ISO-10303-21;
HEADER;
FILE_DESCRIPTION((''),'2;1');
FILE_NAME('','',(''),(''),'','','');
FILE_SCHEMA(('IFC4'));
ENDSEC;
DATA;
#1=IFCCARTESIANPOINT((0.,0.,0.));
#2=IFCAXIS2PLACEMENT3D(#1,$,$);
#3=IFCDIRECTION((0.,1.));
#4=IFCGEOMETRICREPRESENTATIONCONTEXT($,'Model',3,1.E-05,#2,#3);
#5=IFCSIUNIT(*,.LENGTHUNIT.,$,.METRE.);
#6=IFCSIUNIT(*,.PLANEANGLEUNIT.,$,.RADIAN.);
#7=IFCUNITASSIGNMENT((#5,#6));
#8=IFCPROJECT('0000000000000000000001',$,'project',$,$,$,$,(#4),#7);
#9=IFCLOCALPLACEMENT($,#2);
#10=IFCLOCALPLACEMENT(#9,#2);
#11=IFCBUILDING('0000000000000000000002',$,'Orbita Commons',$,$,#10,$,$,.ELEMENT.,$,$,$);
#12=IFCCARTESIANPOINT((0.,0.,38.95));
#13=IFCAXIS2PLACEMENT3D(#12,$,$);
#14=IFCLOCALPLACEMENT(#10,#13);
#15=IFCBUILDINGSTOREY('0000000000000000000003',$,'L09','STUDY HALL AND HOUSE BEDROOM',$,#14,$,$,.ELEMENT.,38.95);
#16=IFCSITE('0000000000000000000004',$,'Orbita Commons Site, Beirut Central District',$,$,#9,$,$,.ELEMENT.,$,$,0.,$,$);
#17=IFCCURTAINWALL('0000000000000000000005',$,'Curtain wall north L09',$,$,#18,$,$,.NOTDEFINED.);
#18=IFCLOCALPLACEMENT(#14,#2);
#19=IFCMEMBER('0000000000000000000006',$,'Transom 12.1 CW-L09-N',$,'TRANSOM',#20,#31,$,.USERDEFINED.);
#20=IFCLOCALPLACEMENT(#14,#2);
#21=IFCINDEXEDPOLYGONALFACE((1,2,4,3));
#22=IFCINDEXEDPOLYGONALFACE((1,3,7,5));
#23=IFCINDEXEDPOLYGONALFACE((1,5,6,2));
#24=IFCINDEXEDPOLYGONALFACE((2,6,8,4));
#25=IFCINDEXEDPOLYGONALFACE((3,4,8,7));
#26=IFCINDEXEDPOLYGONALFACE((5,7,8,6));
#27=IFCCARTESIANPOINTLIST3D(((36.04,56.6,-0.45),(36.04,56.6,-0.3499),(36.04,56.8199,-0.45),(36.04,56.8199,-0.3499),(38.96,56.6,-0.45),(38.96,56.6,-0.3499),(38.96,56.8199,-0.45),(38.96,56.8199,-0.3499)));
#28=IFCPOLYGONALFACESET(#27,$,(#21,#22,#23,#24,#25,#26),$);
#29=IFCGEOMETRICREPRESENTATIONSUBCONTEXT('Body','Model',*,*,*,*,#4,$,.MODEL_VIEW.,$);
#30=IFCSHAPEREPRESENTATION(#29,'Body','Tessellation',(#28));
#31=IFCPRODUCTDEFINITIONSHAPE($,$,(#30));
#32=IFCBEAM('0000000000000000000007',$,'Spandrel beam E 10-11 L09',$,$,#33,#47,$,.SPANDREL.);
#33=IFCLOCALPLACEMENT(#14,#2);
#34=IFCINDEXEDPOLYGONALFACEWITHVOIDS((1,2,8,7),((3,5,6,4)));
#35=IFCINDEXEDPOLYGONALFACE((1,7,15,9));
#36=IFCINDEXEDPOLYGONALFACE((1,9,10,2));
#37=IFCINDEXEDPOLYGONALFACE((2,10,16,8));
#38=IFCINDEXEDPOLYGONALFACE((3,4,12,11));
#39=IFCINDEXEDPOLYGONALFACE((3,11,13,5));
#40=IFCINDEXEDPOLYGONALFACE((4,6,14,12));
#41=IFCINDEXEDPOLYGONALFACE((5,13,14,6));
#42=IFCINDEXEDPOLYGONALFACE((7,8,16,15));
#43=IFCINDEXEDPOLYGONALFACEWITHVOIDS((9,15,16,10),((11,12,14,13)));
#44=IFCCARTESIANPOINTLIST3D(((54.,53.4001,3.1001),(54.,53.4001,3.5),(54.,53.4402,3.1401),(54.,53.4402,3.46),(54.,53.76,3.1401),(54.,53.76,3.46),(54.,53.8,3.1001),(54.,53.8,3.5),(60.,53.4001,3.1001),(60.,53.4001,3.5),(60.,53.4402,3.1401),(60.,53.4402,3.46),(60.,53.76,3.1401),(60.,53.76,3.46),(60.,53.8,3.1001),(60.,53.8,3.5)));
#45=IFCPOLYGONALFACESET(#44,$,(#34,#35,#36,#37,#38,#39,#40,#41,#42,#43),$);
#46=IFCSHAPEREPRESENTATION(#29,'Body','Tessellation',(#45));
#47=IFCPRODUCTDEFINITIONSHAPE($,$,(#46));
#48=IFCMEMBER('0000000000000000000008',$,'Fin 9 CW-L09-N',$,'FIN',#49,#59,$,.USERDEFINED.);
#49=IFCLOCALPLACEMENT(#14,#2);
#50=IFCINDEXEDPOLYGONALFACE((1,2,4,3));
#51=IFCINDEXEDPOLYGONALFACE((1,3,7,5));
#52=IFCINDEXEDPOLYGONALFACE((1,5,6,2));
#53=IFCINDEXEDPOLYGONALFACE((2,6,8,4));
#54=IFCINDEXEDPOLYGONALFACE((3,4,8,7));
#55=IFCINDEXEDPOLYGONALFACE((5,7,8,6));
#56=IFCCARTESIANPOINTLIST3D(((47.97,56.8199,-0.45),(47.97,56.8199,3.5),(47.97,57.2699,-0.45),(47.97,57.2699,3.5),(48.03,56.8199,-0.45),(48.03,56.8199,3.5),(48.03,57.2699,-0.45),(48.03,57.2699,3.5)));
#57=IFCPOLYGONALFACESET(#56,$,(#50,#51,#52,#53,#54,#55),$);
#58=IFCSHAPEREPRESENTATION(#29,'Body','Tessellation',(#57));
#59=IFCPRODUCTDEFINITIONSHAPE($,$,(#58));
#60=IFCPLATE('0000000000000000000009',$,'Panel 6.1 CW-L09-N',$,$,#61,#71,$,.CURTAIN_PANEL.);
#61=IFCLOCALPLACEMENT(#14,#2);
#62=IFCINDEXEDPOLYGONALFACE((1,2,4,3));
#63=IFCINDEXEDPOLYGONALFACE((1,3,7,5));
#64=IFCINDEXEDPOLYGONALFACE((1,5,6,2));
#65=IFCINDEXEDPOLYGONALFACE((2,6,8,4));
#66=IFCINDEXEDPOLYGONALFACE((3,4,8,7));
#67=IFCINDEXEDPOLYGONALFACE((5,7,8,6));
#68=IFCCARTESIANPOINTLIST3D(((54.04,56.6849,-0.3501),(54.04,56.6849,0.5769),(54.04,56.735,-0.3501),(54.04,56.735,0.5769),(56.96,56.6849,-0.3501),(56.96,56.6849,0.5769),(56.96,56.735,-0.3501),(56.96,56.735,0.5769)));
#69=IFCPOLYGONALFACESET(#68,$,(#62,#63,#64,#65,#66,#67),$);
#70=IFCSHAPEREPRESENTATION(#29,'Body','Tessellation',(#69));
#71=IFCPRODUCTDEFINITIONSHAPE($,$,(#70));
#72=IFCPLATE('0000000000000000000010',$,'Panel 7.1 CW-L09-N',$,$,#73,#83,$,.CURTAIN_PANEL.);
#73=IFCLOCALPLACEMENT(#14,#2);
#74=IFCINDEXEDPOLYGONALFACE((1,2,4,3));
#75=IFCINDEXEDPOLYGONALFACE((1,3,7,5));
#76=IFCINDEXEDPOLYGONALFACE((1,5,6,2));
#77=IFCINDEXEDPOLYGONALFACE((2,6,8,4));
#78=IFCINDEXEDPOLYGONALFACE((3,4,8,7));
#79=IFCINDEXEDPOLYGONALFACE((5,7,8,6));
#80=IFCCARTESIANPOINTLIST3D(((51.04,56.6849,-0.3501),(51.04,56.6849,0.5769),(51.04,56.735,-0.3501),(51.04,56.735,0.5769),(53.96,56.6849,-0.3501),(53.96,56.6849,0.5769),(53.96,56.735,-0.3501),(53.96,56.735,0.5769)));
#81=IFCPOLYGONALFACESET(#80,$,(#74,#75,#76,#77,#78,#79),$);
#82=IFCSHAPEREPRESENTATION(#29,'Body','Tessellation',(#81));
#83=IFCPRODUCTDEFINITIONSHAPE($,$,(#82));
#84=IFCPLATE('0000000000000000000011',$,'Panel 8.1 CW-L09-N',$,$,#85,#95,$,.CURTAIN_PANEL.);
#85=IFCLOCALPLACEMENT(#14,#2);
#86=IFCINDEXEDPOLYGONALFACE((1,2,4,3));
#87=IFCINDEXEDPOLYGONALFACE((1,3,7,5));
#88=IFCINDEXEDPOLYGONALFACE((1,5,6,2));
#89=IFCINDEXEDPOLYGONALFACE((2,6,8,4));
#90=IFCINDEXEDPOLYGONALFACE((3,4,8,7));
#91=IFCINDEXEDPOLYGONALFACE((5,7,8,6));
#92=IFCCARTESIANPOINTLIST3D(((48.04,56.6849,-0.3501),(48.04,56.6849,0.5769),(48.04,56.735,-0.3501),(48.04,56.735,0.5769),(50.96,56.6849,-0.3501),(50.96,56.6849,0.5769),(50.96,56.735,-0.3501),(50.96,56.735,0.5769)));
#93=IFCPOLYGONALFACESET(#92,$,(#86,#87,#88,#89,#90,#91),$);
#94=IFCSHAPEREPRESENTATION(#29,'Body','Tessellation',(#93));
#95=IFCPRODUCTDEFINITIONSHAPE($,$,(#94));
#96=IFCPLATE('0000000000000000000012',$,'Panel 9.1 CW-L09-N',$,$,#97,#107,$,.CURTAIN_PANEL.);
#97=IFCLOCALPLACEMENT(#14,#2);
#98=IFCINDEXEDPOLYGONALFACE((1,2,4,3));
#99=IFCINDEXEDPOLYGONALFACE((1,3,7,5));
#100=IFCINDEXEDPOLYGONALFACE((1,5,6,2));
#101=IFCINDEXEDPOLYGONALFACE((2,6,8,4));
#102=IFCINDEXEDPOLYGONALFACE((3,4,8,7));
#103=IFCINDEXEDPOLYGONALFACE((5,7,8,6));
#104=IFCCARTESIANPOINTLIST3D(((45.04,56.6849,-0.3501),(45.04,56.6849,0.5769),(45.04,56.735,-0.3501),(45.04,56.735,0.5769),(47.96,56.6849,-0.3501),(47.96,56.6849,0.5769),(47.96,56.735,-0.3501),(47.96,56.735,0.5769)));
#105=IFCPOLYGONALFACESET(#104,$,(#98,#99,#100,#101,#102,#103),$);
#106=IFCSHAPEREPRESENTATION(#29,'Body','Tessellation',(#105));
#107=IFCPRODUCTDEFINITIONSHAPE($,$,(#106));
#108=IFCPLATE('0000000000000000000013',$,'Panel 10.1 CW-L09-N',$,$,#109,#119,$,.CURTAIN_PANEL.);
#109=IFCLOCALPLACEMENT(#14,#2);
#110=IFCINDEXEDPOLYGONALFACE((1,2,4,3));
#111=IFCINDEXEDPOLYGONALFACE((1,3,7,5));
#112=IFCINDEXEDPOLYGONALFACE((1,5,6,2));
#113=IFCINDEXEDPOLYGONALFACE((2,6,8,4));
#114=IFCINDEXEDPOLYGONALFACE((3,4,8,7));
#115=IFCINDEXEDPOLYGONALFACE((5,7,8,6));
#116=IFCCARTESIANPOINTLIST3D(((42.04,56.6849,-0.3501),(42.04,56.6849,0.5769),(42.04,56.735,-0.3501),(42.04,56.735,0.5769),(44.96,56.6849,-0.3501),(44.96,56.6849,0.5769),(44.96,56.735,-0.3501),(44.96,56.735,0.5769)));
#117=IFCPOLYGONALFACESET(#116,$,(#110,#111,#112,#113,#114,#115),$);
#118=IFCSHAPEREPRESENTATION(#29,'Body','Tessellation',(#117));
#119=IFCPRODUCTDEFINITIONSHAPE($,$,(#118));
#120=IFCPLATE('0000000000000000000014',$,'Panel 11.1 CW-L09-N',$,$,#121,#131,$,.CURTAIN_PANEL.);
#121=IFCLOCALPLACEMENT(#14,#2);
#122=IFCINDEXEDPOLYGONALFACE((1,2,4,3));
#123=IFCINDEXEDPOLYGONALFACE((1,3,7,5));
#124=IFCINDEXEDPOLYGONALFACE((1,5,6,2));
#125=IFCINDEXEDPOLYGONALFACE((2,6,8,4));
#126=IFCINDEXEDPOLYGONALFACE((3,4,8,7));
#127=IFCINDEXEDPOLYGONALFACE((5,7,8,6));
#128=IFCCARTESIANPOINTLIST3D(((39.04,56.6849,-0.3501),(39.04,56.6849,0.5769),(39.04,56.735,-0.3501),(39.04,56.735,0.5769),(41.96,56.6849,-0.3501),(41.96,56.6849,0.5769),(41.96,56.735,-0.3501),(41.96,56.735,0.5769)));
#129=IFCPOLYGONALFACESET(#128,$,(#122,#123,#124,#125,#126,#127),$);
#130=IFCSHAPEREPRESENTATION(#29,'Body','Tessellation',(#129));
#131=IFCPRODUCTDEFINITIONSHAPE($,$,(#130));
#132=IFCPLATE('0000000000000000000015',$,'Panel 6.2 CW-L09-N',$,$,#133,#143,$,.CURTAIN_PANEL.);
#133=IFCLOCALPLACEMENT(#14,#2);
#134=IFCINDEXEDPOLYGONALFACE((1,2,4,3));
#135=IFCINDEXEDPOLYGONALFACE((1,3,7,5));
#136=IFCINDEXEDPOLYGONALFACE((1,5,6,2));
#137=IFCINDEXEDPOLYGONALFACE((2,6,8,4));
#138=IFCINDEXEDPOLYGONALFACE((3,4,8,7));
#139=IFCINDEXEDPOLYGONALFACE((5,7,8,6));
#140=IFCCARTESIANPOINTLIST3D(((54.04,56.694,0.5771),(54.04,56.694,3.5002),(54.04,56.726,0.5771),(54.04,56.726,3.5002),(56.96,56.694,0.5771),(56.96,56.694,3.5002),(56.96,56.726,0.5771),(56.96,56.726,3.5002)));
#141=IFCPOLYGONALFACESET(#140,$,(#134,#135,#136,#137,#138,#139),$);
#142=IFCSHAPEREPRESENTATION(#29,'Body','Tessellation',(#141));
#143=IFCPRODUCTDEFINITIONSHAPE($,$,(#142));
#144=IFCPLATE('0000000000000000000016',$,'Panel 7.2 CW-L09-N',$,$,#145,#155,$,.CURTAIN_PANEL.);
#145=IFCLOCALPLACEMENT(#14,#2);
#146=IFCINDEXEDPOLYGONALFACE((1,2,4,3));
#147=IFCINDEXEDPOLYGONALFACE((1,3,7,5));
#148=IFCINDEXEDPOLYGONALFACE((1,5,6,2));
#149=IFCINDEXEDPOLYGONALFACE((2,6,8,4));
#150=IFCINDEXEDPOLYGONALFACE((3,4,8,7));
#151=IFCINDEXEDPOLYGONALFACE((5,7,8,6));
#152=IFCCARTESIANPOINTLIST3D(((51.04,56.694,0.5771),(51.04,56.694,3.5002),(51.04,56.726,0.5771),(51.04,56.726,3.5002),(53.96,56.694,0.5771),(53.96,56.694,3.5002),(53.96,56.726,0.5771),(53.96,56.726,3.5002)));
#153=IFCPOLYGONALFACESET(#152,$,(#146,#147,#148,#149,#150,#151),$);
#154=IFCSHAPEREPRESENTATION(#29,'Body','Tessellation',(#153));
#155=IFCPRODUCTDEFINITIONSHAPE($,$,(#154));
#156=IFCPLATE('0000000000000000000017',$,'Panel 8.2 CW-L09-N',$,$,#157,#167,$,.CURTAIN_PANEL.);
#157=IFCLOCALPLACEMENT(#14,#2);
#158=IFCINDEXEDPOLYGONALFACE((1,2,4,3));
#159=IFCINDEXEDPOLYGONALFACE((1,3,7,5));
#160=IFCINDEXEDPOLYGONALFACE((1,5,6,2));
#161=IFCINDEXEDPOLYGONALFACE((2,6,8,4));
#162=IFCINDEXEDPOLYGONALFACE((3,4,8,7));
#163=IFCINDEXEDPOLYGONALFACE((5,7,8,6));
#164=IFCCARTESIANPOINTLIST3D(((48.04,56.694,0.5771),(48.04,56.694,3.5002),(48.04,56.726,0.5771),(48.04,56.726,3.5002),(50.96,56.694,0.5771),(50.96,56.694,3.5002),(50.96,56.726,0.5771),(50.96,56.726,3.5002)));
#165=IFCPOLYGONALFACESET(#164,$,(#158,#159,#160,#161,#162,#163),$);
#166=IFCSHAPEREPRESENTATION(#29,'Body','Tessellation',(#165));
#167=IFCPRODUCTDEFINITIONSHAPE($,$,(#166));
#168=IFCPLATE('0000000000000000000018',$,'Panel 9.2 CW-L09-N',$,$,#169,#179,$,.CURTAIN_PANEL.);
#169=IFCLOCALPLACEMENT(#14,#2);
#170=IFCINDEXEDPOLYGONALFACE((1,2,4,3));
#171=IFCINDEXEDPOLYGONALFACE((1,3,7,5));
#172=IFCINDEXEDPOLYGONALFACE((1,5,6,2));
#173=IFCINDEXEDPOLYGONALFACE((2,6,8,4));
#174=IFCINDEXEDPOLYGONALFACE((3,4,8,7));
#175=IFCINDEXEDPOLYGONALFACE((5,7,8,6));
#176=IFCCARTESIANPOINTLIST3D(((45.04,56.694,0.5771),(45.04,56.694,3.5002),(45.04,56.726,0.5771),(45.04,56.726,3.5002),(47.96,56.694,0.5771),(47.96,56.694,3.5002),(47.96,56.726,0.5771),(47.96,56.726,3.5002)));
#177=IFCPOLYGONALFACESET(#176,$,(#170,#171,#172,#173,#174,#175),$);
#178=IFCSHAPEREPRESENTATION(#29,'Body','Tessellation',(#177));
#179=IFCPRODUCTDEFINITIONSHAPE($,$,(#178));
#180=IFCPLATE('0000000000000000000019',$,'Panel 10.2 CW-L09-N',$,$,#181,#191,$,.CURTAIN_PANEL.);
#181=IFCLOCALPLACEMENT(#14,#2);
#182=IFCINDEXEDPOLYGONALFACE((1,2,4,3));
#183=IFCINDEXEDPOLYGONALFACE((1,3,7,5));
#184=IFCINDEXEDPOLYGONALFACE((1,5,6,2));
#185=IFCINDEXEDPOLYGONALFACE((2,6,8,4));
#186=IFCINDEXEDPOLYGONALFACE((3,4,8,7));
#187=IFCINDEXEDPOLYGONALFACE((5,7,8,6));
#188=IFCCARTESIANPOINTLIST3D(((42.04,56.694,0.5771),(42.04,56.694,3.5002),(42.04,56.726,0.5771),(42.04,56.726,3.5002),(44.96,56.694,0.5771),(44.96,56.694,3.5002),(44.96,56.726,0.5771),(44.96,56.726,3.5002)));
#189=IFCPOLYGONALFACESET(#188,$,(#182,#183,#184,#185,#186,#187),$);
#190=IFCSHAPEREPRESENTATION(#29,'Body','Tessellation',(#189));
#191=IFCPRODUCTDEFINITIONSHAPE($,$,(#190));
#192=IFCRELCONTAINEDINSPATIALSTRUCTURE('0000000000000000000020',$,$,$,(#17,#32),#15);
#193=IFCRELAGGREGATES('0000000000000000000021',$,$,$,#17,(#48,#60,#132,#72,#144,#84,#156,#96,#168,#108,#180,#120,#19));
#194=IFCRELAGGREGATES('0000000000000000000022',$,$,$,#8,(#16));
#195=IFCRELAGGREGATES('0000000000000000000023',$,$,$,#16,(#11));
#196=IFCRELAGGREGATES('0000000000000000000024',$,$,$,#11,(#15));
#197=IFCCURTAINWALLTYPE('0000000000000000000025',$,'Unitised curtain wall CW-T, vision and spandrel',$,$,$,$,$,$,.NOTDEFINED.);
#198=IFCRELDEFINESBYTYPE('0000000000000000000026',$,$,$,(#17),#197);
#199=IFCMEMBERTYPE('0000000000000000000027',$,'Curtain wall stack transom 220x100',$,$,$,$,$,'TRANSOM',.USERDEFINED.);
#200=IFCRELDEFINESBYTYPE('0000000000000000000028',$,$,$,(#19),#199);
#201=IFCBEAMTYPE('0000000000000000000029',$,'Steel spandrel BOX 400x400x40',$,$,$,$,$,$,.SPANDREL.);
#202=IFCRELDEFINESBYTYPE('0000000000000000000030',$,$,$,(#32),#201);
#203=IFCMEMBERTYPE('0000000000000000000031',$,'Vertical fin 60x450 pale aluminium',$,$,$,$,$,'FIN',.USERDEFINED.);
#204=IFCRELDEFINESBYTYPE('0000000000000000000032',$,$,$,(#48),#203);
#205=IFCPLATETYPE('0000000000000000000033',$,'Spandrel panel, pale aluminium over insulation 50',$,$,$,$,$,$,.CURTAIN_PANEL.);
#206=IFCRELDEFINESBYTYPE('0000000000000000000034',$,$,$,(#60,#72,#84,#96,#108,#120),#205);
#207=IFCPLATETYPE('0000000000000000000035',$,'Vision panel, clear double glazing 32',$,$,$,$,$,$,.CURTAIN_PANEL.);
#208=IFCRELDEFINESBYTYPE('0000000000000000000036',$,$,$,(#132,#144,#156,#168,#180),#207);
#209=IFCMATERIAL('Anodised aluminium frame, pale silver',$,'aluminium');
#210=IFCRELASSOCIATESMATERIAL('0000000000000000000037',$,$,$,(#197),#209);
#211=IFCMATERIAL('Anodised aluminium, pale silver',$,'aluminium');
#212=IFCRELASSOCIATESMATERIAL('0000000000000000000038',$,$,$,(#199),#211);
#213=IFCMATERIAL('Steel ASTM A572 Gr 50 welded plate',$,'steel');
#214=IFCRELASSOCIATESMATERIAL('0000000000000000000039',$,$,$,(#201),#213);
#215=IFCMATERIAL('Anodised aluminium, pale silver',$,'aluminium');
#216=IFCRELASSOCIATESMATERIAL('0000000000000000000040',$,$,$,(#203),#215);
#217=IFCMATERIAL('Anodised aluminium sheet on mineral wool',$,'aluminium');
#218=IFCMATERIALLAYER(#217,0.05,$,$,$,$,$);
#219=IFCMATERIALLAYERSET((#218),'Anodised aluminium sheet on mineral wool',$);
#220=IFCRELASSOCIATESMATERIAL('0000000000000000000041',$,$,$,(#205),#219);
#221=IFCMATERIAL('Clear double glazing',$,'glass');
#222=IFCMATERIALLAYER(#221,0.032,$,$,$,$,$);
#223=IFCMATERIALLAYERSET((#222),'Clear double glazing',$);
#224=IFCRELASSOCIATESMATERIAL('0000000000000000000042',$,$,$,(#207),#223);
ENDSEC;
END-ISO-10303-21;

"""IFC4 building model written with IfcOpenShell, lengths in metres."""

from ifc_helpers import new_model, si_unit, direction, frame, origin, origin_2d, place, context, subcontext, project, spatial, rectangle, hollow_rectangle, extrude, material, layer, layer_set, material_profile, profile_set, type_object, element, aggregate, save


model = new_model("IFC4")

# Units and contexts
model_context = context("Model", 3, precision=1e-05, world=origin(), true_north=direction((0.0, 1.0)))
body_context = subcontext(model_context, "Body", "Model", "MODEL_VIEW")
ifc_project = project(units=[si_unit("LENGTHUNIT", "METRE"), si_unit("PLANEANGLEUNIT", "RADIAN")], contexts=[model_context])

# Site, building, storey
site_placement = place(None, origin())
site = spatial("IfcSite", under=ifc_project, at=site_placement, Name="Orbita Commons Site, Beirut Central District", CompositionType="ELEMENT", RefElevation=0.0)
building_placement = place(site_placement, origin())
building = spatial("IfcBuilding", under=site, at=building_placement, Name="Orbita Commons", CompositionType="ELEMENT")
storey_placement = place(building_placement, frame((0.0, 0.0, 38.95)))
storey = spatial("IfcBuildingStorey", under=building, at=storey_placement, Name="L09", Description="STUDY HALL AND HOUSE BEDROOM", CompositionType="ELEMENT", Elevation=38.95)

# Curtain wall, member
ifc_material_1 = material(Name="Anodised aluminium frame, pale silver", Category="aluminium")
curtain_wall_type = type_object("IfcCurtainWallType", Name="Unitised curtain wall CW-T, vision and spandrel", PredefinedType="NOTDEFINED", material=ifc_material_1)
curtain_wall_placement = place(storey_placement, origin())
curtain_wall = element("IfcCurtainWall", 1, at=curtain_wall_placement, inside=storey, type_object=curtain_wall_type, Name="Curtain wall north L09", PredefinedType="NOTDEFINED")
ifc_material_2 = material(Name="Anodised aluminium, pale silver", Category="aluminium")
ifc_material_profile_1 = material_profile(ifc_material_2, rectangle(XDim=0.22, YDim=0.1001, at=origin_2d()), Name="AL 220x100")
ifc_profile_set_1 = profile_set([ifc_material_profile_1], Name="Anodised aluminium, pale silver")
member_type_1 = type_object("IfcMemberType", Name="Curtain wall stack transom 220x100", ElementType="TRANSOM", PredefinedType="USERDEFINED", material=ifc_profile_set_1)
member_1_placement = place(storey_placement, frame((38.96, 56.71, -0.3999), z_axis=(-1.0, 0.0, 0.0), x_axis=(0.0, -1.0, 0.0)))
member_1 = element("IfcMember", 2, at=member_1_placement, type_object=member_type_1, Name="Transom 12.1 CW-L09-N", ObjectType="TRANSOM", PredefinedType="USERDEFINED", context=body_context, shape_type="SweptSolid", body=[
    extrude(rectangle(XDim=0.22, YDim=0.1001, at=origin_2d()), origin(), (0.0, 0.0, 1.0), 2.9199),
])

# Beam
ifc_material_3 = material(Name="Steel ASTM A572 Gr 50 welded plate", Category="steel")
ifc_material_profile_2 = material_profile(ifc_material_3, hollow_rectangle(XDim=0.3999, YDim=0.3999, WallThickness=0.04, at=origin_2d()), Name="BOX 400x400x40")
ifc_profile_set_2 = profile_set([ifc_material_profile_2], Name="Steel ASTM A572 Gr 50 welded plate")
beam_type = type_object("IfcBeamType", Name="Steel spandrel BOX 400x400x40", PredefinedType="SPANDREL", material=ifc_profile_set_2)
beam_placement = place(storey_placement, frame((54.0, 53.6001, 3.3), z_axis=(1.0, 0.0, 0.0), x_axis=(0.0, 1.0, 0.0)))
element("IfcBeam", 3, at=beam_placement, inside=storey, type_object=beam_type, Name="Spandrel beam E 10-11 L09", PredefinedType="SPANDREL", context=body_context, shape_type="SweptSolid", body=[
    extrude(hollow_rectangle(XDim=0.3999, YDim=0.3999, WallThickness=0.04, at=origin_2d()), origin(), (0.0, 0.0, 1.0), 6.0),
])

# Member
ifc_material_4 = material(Name="Anodised aluminium, pale silver", Category="aluminium")
ifc_material_profile_3 = material_profile(ifc_material_4, rectangle(XDim=0.0601, YDim=0.45, at=origin_2d()), Name="FIN 60x450")
ifc_profile_set_3 = profile_set([ifc_material_profile_3], Name="Anodised aluminium, pale silver")
member_type_2 = type_object("IfcMemberType", Name="Vertical fin 60x450 pale aluminium", ElementType="FIN", PredefinedType="USERDEFINED", material=ifc_profile_set_3)
member_2_placement = place(storey_placement, frame((48.0, 57.0449, -0.45), z_axis=(0.0, 0.0, 1.0), x_axis=(-1.0, 0.0, 0.0)))
member_2 = element("IfcMember", 4, at=member_2_placement, type_object=member_type_2, Name="Fin 9 CW-L09-N", ObjectType="FIN", PredefinedType="USERDEFINED", context=body_context, shape_type="SweptSolid", body=[
    extrude(rectangle(XDim=0.0601, YDim=0.45, at=origin_2d()), origin(), (0.0, 0.0, 1.0), 3.95),
])

# Plates
ifc_material_5 = material(Name="Anodised aluminium sheet on mineral wool", Category="aluminium")
ifc_layer_1 = layer(ifc_material_5, 0.05)
ifc_layer_set_1 = layer_set([ifc_layer_1], Name="Anodised aluminium sheet on mineral wool")
plate_type_1 = type_object("IfcPlateType", Name="Spandrel panel, pale aluminium over insulation 50", PredefinedType="CURTAIN_PANEL", material=ifc_layer_set_1)
plate_1_placement = place(storey_placement, frame((55.5, 56.71, -0.3501), z_axis=(0.0, 0.0, 1.0), x_axis=(-1.0, 0.0, 0.0)))
plate_1 = element("IfcPlate", 5, at=plate_1_placement, type_object=plate_type_1, Name="Panel 6.1 CW-L09-N", PredefinedType="CURTAIN_PANEL", context=body_context, shape_type="SweptSolid", body=[
    extrude(rectangle(XDim=2.9199, YDim=0.05, at=origin_2d()), origin(), (0.0, 0.0, 1.0), 0.927),
])
plate_2_placement = place(storey_placement, frame((52.5, 56.71, -0.3501), z_axis=(0.0, 0.0, 1.0), x_axis=(-1.0, 0.0, 0.0)))
plate_2 = element("IfcPlate", 6, at=plate_2_placement, type_object=plate_type_1, Name="Panel 7.1 CW-L09-N", PredefinedType="CURTAIN_PANEL", context=body_context, shape_type="SweptSolid", body=[
    extrude(rectangle(XDim=2.9199, YDim=0.05, at=origin_2d()), origin(), (0.0, 0.0, 1.0), 0.927),
])
plate_3_placement = place(storey_placement, frame((49.5, 56.71, -0.3501), z_axis=(0.0, 0.0, 1.0), x_axis=(-1.0, 0.0, 0.0)))
plate_3 = element("IfcPlate", 7, at=plate_3_placement, type_object=plate_type_1, Name="Panel 8.1 CW-L09-N", PredefinedType="CURTAIN_PANEL", context=body_context, shape_type="SweptSolid", body=[
    extrude(rectangle(XDim=2.9199, YDim=0.05, at=origin_2d()), origin(), (0.0, 0.0, 1.0), 0.927),
])
plate_4_placement = place(storey_placement, frame((46.5, 56.71, -0.3501), z_axis=(0.0, 0.0, 1.0), x_axis=(-1.0, 0.0, 0.0)))
plate_4 = element("IfcPlate", 8, at=plate_4_placement, type_object=plate_type_1, Name="Panel 9.1 CW-L09-N", PredefinedType="CURTAIN_PANEL", context=body_context, shape_type="SweptSolid", body=[
    extrude(rectangle(XDim=2.9199, YDim=0.05, at=origin_2d()), origin(), (0.0, 0.0, 1.0), 0.927),
])
plate_5_placement = place(storey_placement, frame((43.5, 56.71, -0.3501), z_axis=(0.0, 0.0, 1.0), x_axis=(-1.0, 0.0, 0.0)))
plate_5 = element("IfcPlate", 9, at=plate_5_placement, type_object=plate_type_1, Name="Panel 10.1 CW-L09-N", PredefinedType="CURTAIN_PANEL", context=body_context, shape_type="SweptSolid", body=[
    extrude(rectangle(XDim=2.9199, YDim=0.05, at=origin_2d()), origin(), (0.0, 0.0, 1.0), 0.927),
])
plate_6_placement = place(storey_placement, frame((40.5, 56.71, -0.3501), z_axis=(0.0, 0.0, 1.0), x_axis=(-1.0, 0.0, 0.0)))
plate_6 = element("IfcPlate", 10, at=plate_6_placement, type_object=plate_type_1, Name="Panel 11.1 CW-L09-N", PredefinedType="CURTAIN_PANEL", context=body_context, shape_type="SweptSolid", body=[
    extrude(rectangle(XDim=2.9199, YDim=0.05, at=origin_2d()), origin(), (0.0, 0.0, 1.0), 0.927),
])
ifc_material_6 = material(Name="Clear double glazing", Category="glass")
ifc_layer_2 = layer(ifc_material_6, 0.032)
ifc_layer_set_2 = layer_set([ifc_layer_2], Name="Clear double glazing")
plate_type_2 = type_object("IfcPlateType", Name="Vision panel, clear double glazing 32", PredefinedType="CURTAIN_PANEL", material=ifc_layer_set_2)
plate_7_placement = place(storey_placement, frame((55.5, 56.71, 0.5771), z_axis=(0.0, 0.0, 1.0), x_axis=(-1.0, 0.0, 0.0)))
plate_7 = element("IfcPlate", 11, at=plate_7_placement, type_object=plate_type_2, Name="Panel 6.2 CW-L09-N", PredefinedType="CURTAIN_PANEL", context=body_context, shape_type="SweptSolid", body=[
    extrude(rectangle(XDim=2.9199, YDim=0.032, at=origin_2d()), origin(), (0.0, 0.0, 1.0), 2.9231),
])
plate_8_placement = place(storey_placement, frame((52.5, 56.71, 0.5771), z_axis=(0.0, 0.0, 1.0), x_axis=(-1.0, 0.0, 0.0)))
plate_8 = element("IfcPlate", 12, at=plate_8_placement, type_object=plate_type_2, Name="Panel 7.2 CW-L09-N", PredefinedType="CURTAIN_PANEL", context=body_context, shape_type="SweptSolid", body=[
    extrude(rectangle(XDim=2.9199, YDim=0.032, at=origin_2d()), origin(), (0.0, 0.0, 1.0), 2.9231),
])
plate_9_placement = place(storey_placement, frame((49.5, 56.71, 0.5771), z_axis=(0.0, 0.0, 1.0), x_axis=(-1.0, 0.0, 0.0)))
plate_9 = element("IfcPlate", 13, at=plate_9_placement, type_object=plate_type_2, Name="Panel 8.2 CW-L09-N", PredefinedType="CURTAIN_PANEL", context=body_context, shape_type="SweptSolid", body=[
    extrude(rectangle(XDim=2.9199, YDim=0.032, at=origin_2d()), origin(), (0.0, 0.0, 1.0), 2.9231),
])
plate_10_placement = place(storey_placement, frame((46.5, 56.71, 0.5771), z_axis=(0.0, 0.0, 1.0), x_axis=(-1.0, 0.0, 0.0)))
plate_10 = element("IfcPlate", 14, at=plate_10_placement, type_object=plate_type_2, Name="Panel 9.2 CW-L09-N", PredefinedType="CURTAIN_PANEL", context=body_context, shape_type="SweptSolid", body=[
    extrude(rectangle(XDim=2.9199, YDim=0.032, at=origin_2d()), origin(), (0.0, 0.0, 1.0), 2.9231),
])
plate_11_placement = place(storey_placement, frame((43.5, 56.71, 0.5771), z_axis=(0.0, 0.0, 1.0), x_axis=(-1.0, 0.0, 0.0)))
plate_11 = element("IfcPlate", 15, at=plate_11_placement, type_object=plate_type_2, Name="Panel 10.2 CW-L09-N", PredefinedType="CURTAIN_PANEL", context=body_context, shape_type="SweptSolid", body=[
    extrude(rectangle(XDim=2.9199, YDim=0.032, at=origin_2d()), origin(), (0.0, 0.0, 1.0), 2.9231),
])
aggregate(curtain_wall, [member_2, plate_1, plate_7, plate_2, plate_8, plate_3, plate_9, plate_4, plate_10, plate_5, plate_11, plate_6, member_1])

save(model, "model.ifc")
